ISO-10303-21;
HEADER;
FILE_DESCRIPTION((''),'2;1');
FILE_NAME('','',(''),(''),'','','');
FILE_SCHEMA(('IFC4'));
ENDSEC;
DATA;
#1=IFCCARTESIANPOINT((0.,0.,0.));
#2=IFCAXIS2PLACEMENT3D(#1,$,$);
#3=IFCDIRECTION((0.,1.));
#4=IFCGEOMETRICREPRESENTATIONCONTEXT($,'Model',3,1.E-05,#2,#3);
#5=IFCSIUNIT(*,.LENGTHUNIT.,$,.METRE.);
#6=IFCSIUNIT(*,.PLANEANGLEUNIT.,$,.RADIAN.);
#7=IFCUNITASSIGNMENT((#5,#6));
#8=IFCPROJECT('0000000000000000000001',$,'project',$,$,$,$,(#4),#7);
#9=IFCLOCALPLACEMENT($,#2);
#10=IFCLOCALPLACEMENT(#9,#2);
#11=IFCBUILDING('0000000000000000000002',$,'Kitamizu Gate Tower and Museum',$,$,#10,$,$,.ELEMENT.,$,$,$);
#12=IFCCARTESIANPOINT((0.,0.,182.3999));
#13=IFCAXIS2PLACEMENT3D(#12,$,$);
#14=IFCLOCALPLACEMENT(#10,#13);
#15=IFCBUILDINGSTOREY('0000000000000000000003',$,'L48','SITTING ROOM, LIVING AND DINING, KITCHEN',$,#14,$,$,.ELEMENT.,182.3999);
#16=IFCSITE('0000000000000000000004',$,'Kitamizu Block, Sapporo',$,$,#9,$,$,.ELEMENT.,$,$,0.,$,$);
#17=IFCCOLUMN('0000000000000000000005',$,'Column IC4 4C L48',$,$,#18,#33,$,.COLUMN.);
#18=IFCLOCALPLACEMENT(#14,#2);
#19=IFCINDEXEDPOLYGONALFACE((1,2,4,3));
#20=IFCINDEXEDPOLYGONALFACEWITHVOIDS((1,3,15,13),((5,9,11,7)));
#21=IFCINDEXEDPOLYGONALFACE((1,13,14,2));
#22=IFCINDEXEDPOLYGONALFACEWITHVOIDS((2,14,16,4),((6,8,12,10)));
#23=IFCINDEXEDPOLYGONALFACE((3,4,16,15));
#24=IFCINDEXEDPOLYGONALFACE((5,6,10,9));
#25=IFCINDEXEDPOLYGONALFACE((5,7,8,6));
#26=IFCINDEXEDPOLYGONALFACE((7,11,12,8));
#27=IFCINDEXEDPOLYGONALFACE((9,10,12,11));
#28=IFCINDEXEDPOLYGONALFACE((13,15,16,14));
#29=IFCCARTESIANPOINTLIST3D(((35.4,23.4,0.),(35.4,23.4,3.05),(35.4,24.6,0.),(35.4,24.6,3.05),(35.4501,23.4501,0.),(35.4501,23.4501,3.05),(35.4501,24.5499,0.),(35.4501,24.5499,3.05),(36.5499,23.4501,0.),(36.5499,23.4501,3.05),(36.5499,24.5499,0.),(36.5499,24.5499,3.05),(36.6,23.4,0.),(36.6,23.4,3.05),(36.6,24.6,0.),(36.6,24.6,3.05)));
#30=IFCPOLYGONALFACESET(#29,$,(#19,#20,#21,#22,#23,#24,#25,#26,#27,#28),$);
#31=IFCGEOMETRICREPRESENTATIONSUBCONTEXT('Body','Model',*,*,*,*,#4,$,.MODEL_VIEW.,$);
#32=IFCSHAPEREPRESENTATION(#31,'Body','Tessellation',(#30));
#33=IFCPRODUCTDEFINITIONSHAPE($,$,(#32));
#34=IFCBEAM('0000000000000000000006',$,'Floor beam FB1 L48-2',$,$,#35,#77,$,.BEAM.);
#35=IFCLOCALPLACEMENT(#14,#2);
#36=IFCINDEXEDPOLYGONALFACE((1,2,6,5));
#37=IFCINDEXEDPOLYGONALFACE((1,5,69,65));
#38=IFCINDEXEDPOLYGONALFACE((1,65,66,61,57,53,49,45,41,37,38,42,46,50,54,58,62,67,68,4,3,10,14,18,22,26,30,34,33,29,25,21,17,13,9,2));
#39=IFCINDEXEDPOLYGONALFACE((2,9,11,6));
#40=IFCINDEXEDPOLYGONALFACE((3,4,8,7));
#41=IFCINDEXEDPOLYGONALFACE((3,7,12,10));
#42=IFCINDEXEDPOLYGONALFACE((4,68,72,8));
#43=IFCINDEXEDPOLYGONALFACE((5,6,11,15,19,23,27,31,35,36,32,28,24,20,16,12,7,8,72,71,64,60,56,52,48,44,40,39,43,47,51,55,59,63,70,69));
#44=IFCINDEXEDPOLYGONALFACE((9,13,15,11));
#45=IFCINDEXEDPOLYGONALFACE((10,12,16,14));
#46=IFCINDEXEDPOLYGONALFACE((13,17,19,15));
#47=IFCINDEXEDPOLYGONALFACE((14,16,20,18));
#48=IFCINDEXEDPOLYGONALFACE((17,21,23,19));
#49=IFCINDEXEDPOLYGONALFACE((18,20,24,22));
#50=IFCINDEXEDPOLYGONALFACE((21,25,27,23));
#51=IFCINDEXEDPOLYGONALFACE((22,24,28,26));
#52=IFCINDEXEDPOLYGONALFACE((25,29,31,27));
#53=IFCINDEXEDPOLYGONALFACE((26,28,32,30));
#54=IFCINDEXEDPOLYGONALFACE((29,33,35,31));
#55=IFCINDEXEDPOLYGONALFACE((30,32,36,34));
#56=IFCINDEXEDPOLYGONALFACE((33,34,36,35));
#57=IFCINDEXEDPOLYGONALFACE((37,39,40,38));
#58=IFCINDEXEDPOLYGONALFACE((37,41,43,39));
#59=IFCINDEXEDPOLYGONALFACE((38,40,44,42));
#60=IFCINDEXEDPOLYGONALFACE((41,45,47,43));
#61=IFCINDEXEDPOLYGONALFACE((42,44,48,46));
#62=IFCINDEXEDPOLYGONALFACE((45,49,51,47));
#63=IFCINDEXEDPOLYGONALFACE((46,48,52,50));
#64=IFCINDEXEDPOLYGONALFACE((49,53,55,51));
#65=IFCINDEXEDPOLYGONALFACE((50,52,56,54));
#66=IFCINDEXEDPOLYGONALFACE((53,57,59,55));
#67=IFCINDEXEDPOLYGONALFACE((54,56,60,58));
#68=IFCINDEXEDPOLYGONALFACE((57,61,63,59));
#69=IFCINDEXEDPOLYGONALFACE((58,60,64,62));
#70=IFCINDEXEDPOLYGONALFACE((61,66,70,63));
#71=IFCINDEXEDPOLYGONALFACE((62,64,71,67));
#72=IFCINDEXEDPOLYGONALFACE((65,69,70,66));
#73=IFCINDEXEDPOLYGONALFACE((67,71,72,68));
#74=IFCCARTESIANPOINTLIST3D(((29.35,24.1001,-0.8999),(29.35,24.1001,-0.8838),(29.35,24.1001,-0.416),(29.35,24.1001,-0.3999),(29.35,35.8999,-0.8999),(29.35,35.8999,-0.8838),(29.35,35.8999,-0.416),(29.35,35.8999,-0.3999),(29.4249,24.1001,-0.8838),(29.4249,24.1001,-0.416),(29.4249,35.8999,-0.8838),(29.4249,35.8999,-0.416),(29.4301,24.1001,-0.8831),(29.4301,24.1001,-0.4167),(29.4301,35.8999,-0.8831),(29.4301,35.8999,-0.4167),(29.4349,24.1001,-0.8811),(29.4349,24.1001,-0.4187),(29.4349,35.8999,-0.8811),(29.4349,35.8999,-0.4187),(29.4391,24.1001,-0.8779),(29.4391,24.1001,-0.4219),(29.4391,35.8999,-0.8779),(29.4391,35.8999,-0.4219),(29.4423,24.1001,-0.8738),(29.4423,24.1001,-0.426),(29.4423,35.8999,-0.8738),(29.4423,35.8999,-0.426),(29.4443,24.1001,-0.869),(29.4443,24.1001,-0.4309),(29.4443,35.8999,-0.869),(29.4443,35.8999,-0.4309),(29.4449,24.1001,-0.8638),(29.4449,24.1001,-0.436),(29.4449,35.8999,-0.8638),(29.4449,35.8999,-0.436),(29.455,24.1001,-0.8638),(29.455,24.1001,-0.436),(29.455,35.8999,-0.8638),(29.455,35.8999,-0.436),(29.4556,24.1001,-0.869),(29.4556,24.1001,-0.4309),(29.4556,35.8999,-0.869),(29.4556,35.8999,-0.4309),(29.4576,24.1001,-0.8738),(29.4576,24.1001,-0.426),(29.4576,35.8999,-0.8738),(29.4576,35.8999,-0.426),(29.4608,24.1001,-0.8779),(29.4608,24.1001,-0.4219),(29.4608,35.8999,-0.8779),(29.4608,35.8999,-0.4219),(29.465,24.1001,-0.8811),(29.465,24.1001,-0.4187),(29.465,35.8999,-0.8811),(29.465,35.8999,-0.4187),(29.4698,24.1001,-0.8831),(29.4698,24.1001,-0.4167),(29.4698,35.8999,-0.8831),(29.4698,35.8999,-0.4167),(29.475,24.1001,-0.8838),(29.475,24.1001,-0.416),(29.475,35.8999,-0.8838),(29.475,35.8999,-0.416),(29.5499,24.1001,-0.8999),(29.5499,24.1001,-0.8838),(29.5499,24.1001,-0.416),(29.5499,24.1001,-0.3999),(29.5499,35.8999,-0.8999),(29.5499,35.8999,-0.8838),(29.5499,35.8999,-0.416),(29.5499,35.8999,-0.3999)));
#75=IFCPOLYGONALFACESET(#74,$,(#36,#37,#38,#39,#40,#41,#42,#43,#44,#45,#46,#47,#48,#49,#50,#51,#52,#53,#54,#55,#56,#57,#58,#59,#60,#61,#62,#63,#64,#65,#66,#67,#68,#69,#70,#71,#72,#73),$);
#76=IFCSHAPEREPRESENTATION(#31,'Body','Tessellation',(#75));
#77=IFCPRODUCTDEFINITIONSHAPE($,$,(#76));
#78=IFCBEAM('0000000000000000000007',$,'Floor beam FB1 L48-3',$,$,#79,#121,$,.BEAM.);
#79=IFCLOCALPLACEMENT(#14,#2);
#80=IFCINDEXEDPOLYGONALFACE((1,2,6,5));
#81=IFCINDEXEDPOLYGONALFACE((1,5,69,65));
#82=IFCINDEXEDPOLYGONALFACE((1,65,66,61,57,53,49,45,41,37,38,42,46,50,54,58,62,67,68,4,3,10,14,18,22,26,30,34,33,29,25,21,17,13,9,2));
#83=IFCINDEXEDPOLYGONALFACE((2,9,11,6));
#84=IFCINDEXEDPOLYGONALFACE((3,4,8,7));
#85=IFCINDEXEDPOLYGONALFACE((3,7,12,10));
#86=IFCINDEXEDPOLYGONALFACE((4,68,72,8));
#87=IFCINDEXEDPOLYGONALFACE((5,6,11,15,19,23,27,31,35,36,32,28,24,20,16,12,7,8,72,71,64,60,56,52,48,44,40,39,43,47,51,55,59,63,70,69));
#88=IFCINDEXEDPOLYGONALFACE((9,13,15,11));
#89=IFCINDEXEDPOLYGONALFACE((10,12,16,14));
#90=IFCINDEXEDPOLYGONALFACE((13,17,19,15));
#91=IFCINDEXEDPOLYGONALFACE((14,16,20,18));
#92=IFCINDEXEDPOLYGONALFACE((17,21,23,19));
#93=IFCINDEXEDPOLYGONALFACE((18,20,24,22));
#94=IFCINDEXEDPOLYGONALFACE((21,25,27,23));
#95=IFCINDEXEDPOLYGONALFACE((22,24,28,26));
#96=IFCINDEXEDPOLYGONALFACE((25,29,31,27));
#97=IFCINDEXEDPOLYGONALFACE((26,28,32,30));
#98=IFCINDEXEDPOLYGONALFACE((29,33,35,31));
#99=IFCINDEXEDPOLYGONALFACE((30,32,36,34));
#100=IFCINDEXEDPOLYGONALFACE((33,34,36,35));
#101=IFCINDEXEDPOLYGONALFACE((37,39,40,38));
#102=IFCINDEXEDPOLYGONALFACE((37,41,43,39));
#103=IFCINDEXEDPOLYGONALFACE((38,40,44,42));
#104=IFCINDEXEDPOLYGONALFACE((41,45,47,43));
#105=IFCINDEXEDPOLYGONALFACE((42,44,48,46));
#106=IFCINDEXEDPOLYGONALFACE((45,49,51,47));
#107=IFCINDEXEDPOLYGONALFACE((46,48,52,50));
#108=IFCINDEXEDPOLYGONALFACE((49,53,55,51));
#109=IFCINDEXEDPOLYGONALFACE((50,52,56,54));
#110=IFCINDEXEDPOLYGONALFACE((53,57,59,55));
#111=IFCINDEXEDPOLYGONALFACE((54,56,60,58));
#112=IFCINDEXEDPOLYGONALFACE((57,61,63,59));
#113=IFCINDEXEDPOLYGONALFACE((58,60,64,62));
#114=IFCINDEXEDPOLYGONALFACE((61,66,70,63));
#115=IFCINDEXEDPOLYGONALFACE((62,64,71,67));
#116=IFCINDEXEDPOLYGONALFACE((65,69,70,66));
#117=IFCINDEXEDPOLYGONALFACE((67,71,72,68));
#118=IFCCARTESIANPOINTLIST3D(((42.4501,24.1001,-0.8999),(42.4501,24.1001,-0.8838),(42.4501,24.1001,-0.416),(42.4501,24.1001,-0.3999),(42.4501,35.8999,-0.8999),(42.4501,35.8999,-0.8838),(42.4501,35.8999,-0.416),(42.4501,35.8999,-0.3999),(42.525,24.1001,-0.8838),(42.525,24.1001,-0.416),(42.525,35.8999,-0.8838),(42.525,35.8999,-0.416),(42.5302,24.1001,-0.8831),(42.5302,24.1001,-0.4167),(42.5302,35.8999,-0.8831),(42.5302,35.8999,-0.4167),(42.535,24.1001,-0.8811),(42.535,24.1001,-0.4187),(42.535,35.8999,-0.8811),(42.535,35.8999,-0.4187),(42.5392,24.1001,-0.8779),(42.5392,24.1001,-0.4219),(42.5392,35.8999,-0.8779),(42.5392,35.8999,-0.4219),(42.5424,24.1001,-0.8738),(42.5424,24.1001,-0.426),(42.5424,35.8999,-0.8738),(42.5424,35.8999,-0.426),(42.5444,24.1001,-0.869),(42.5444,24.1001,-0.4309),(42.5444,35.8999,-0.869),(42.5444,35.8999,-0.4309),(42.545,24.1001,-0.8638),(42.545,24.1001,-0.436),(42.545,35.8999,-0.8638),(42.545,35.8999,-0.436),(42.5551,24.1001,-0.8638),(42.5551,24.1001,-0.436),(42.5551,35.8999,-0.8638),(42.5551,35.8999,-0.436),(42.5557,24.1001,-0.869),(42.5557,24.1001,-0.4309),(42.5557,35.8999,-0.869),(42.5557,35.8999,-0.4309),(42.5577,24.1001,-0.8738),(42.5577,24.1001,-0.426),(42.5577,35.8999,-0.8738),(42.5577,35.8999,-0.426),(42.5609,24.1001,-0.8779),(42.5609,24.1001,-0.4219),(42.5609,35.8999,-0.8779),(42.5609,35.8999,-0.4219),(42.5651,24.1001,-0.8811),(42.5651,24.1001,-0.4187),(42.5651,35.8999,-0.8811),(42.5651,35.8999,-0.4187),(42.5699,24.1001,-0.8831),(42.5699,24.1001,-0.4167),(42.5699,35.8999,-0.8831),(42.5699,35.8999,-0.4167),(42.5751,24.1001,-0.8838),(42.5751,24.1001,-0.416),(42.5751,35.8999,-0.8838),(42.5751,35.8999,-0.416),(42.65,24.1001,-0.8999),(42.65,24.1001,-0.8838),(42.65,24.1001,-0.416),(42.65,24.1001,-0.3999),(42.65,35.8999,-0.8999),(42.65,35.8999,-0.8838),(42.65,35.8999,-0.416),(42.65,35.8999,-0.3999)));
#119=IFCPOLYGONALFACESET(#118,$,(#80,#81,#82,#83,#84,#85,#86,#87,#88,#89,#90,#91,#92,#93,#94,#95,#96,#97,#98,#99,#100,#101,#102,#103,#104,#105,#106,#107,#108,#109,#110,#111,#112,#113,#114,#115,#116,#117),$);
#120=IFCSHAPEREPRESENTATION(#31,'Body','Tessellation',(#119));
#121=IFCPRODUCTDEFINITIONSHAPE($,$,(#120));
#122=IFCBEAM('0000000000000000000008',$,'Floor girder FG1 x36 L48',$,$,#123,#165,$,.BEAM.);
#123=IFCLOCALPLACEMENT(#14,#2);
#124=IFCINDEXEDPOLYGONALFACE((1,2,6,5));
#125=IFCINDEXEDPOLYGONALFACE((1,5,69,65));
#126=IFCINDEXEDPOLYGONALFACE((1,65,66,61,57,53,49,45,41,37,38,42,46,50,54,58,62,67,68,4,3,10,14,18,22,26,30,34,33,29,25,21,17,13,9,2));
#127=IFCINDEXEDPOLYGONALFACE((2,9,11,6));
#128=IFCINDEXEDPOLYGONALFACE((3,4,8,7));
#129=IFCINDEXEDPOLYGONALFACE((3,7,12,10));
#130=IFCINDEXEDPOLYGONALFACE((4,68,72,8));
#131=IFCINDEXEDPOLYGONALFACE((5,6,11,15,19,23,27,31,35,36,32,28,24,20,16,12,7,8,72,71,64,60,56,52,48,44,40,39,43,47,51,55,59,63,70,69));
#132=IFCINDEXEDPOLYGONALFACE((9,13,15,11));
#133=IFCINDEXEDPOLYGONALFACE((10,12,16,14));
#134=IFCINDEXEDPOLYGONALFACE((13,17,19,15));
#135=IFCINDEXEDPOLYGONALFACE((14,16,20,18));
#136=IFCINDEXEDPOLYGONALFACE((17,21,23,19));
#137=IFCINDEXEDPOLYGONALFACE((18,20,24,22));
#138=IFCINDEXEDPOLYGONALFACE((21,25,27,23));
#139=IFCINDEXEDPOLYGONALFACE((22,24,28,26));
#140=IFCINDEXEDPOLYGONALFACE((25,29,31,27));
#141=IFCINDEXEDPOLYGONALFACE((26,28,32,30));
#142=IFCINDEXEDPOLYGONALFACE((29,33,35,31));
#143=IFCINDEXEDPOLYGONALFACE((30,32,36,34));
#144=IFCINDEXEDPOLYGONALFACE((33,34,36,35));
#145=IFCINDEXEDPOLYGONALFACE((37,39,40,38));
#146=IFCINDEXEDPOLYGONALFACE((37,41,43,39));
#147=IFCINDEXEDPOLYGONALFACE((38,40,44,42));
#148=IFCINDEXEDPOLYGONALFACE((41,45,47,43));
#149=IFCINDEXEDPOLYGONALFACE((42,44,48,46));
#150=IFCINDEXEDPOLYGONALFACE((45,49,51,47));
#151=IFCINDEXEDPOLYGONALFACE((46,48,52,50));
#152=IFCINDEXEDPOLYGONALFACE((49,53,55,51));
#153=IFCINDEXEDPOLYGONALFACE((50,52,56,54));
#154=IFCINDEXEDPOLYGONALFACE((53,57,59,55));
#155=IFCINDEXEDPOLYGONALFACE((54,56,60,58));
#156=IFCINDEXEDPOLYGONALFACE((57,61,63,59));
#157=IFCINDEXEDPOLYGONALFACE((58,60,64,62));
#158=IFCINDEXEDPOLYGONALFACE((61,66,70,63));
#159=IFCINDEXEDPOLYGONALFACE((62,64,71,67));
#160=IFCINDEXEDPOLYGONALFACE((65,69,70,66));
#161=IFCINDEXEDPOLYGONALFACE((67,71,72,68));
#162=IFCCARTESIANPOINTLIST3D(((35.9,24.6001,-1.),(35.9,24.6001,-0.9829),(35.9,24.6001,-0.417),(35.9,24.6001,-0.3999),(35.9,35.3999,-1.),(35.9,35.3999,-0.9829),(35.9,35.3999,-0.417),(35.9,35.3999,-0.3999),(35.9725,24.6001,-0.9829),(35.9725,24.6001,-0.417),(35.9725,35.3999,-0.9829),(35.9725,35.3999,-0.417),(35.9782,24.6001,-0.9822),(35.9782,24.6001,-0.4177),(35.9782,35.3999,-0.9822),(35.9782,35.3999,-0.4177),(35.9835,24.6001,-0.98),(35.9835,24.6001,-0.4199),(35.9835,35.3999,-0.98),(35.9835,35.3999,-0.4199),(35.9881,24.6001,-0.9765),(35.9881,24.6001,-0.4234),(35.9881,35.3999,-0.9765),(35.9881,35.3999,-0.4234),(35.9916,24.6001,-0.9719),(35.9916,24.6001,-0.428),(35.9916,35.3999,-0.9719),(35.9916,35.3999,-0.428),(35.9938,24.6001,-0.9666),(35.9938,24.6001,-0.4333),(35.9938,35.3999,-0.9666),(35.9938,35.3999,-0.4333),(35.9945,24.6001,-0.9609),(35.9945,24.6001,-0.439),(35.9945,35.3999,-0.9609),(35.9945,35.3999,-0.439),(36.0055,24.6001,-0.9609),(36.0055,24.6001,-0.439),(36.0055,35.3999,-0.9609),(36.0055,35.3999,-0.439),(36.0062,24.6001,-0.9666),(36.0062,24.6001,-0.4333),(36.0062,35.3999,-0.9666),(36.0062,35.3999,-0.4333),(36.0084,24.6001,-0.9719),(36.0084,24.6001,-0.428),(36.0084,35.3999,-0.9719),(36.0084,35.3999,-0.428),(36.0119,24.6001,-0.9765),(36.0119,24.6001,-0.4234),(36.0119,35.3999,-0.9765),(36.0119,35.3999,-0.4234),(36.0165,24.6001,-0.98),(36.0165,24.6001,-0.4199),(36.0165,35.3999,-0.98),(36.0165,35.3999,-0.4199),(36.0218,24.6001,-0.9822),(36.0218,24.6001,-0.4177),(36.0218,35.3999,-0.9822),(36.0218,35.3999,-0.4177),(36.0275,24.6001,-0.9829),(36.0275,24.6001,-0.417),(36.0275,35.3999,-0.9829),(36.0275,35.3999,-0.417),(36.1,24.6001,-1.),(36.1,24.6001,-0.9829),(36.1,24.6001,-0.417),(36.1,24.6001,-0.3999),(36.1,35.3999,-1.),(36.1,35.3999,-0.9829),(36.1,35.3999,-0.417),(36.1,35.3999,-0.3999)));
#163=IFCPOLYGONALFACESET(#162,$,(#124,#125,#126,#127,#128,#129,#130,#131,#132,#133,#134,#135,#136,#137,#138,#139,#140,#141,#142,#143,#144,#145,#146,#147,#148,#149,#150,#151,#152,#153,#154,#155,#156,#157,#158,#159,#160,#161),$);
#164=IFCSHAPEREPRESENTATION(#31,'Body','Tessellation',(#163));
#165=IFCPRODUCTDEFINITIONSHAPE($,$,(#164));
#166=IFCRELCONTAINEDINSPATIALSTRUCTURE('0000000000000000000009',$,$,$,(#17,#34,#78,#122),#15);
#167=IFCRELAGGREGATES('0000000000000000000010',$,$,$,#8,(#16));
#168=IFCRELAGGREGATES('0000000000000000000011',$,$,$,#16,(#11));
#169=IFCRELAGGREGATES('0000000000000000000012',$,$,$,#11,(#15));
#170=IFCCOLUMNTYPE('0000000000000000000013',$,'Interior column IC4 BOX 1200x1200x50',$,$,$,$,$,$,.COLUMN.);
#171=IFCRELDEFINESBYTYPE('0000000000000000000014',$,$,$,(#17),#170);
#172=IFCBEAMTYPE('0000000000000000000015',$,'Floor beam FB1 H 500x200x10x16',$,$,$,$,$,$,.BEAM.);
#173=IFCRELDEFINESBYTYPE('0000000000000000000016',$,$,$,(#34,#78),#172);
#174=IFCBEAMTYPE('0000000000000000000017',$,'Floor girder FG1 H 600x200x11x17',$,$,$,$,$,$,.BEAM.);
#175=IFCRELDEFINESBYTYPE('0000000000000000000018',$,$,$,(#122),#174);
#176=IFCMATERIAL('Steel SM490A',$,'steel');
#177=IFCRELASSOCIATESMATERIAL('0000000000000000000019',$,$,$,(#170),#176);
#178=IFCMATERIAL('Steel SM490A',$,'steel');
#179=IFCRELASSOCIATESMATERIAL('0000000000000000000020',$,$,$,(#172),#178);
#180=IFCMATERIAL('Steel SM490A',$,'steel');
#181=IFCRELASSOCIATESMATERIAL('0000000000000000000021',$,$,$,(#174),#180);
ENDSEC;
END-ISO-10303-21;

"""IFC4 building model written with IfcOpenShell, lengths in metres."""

from ifc_helpers import new_model, si_unit, direction, frame, origin, origin_2d, place, context, subcontext, project, spatial, hollow_rectangle, i_section, extrude, material, material_profile, profile_set, type_object, element, save


model = new_model("IFC4")

# Units and contexts
model_context = context("Model", 3, precision=1e-05, world=origin(), true_north=direction((0.0, 1.0)))
body_context = subcontext(model_context, "Body", "Model", "MODEL_VIEW")
ifc_project = project(units=[si_unit("LENGTHUNIT", "METRE"), si_unit("PLANEANGLEUNIT", "RADIAN")], contexts=[model_context])

# Site, building, storey
site_placement = place(None, origin())
site = spatial("IfcSite", under=ifc_project, at=site_placement, Name="Kitamizu Block, Sapporo", CompositionType="ELEMENT", RefElevation=0.0)
building_placement = place(site_placement, origin())
building = spatial("IfcBuilding", under=site, at=building_placement, Name="Kitamizu Gate Tower and Museum", CompositionType="ELEMENT")
storey_placement = place(building_placement, frame((0.0, 0.0, 182.3999)))
storey = spatial("IfcBuildingStorey", under=building, at=storey_placement, Name="L48", Description="SITTING ROOM, LIVING AND DINING, KITCHEN", CompositionType="ELEMENT", Elevation=182.3999)

# Column
ifc_material_1 = material(Name="Steel SM490A", Category="steel")
ifc_material_profile_1 = material_profile(ifc_material_1, hollow_rectangle(XDim=1.2, YDim=1.2, WallThickness=0.05, at=origin_2d()), Name="BOX 1200x1200x50")
ifc_profile_set_1 = profile_set([ifc_material_profile_1], Name="Steel SM490A")
column_type = type_object("IfcColumnType", Name="Interior column IC4 BOX 1200x1200x50", PredefinedType="COLUMN", material=ifc_profile_set_1)
column_placement = place(storey_placement, frame((36.0, 24.0, 0.0), z_axis=(0.0, 0.0, 1.0), x_axis=(1.0, 0.0, 0.0)))
element("IfcColumn", 1, at=column_placement, inside=storey, type_object=column_type, Name="Column IC4 4C L48", PredefinedType="COLUMN", context=body_context, shape_type="SweptSolid", body=[
    extrude(hollow_rectangle(XDim=1.2, YDim=1.2, WallThickness=0.05, at=origin_2d()), origin(), (0.0, 0.0, 1.0), 3.05),
])

# Beams
ifc_material_2 = material(Name="Steel SM490A", Category="steel")
ifc_material_profile_2 = material_profile(ifc_material_2, i_section(OverallWidth=0.2, OverallDepth=0.5, WebThickness=0.01, FlangeThickness=0.0161, FilletRadius=0.02, at=origin_2d()), Name="H-500x200x10x16")
ifc_profile_set_2 = profile_set([ifc_material_profile_2], Name="Steel SM490A")
beam_type_1 = type_object("IfcBeamType", Name="Floor beam FB1 H 500x200x10x16", PredefinedType="BEAM", material=ifc_profile_set_2)
for number, where, z_axis, x_axis, name in (
    (2, (29.45, 24.1001, -0.6499), (0.0, 1.0, 0.0), (-1.0, 0.0, 0.0), "Floor beam FB1 L48-2"),
    (3, (42.55, 24.1001, -0.6499), (0.0, 1.0, 0.0), (-1.0, 0.0, 0.0), "Floor beam FB1 L48-3"),
):
    element("IfcBeam", number, at=place(storey_placement, frame(where, z_axis=z_axis, x_axis=x_axis)), inside=storey, type_object=beam_type_1, Name=name, PredefinedType="BEAM", context=body_context, shape_type="SweptSolid", body=[
        extrude(i_section(OverallWidth=0.2, OverallDepth=0.5, WebThickness=0.01, FlangeThickness=0.0161, FilletRadius=0.02, at=origin_2d()), origin(), (0.0, 0.0, 1.0), 11.7998),
    ])
ifc_material_3 = material(Name="Steel SM490A", Category="steel")
ifc_material_profile_3 = material_profile(ifc_material_3, i_section(OverallWidth=0.2, OverallDepth=0.6001, WebThickness=0.011, FlangeThickness=0.0171, FilletRadius=0.022, at=origin_2d()), Name="H-600x200x11x17")
ifc_profile_set_3 = profile_set([ifc_material_profile_3], Name="Steel SM490A")
beam_type_2 = type_object("IfcBeamType", Name="Floor girder FG1 H 600x200x11x17", PredefinedType="BEAM", material=ifc_profile_set_3)
beam_1_placement = place(storey_placement, frame((36.0, 24.6001, -0.7), z_axis=(0.0, 1.0, 0.0), x_axis=(-1.0, 0.0, 0.0)))
element("IfcBeam", 4, at=beam_1_placement, inside=storey, type_object=beam_type_2, Name="Floor girder FG1 x36 L48", PredefinedType="BEAM", context=body_context, shape_type="SweptSolid", body=[
    extrude(i_section(OverallWidth=0.2, OverallDepth=0.6001, WebThickness=0.011, FlangeThickness=0.0171, FilletRadius=0.022, at=origin_2d()), origin(), (0.0, 0.0, 1.0), 10.7998),
])

save(model, "model.ifc")
